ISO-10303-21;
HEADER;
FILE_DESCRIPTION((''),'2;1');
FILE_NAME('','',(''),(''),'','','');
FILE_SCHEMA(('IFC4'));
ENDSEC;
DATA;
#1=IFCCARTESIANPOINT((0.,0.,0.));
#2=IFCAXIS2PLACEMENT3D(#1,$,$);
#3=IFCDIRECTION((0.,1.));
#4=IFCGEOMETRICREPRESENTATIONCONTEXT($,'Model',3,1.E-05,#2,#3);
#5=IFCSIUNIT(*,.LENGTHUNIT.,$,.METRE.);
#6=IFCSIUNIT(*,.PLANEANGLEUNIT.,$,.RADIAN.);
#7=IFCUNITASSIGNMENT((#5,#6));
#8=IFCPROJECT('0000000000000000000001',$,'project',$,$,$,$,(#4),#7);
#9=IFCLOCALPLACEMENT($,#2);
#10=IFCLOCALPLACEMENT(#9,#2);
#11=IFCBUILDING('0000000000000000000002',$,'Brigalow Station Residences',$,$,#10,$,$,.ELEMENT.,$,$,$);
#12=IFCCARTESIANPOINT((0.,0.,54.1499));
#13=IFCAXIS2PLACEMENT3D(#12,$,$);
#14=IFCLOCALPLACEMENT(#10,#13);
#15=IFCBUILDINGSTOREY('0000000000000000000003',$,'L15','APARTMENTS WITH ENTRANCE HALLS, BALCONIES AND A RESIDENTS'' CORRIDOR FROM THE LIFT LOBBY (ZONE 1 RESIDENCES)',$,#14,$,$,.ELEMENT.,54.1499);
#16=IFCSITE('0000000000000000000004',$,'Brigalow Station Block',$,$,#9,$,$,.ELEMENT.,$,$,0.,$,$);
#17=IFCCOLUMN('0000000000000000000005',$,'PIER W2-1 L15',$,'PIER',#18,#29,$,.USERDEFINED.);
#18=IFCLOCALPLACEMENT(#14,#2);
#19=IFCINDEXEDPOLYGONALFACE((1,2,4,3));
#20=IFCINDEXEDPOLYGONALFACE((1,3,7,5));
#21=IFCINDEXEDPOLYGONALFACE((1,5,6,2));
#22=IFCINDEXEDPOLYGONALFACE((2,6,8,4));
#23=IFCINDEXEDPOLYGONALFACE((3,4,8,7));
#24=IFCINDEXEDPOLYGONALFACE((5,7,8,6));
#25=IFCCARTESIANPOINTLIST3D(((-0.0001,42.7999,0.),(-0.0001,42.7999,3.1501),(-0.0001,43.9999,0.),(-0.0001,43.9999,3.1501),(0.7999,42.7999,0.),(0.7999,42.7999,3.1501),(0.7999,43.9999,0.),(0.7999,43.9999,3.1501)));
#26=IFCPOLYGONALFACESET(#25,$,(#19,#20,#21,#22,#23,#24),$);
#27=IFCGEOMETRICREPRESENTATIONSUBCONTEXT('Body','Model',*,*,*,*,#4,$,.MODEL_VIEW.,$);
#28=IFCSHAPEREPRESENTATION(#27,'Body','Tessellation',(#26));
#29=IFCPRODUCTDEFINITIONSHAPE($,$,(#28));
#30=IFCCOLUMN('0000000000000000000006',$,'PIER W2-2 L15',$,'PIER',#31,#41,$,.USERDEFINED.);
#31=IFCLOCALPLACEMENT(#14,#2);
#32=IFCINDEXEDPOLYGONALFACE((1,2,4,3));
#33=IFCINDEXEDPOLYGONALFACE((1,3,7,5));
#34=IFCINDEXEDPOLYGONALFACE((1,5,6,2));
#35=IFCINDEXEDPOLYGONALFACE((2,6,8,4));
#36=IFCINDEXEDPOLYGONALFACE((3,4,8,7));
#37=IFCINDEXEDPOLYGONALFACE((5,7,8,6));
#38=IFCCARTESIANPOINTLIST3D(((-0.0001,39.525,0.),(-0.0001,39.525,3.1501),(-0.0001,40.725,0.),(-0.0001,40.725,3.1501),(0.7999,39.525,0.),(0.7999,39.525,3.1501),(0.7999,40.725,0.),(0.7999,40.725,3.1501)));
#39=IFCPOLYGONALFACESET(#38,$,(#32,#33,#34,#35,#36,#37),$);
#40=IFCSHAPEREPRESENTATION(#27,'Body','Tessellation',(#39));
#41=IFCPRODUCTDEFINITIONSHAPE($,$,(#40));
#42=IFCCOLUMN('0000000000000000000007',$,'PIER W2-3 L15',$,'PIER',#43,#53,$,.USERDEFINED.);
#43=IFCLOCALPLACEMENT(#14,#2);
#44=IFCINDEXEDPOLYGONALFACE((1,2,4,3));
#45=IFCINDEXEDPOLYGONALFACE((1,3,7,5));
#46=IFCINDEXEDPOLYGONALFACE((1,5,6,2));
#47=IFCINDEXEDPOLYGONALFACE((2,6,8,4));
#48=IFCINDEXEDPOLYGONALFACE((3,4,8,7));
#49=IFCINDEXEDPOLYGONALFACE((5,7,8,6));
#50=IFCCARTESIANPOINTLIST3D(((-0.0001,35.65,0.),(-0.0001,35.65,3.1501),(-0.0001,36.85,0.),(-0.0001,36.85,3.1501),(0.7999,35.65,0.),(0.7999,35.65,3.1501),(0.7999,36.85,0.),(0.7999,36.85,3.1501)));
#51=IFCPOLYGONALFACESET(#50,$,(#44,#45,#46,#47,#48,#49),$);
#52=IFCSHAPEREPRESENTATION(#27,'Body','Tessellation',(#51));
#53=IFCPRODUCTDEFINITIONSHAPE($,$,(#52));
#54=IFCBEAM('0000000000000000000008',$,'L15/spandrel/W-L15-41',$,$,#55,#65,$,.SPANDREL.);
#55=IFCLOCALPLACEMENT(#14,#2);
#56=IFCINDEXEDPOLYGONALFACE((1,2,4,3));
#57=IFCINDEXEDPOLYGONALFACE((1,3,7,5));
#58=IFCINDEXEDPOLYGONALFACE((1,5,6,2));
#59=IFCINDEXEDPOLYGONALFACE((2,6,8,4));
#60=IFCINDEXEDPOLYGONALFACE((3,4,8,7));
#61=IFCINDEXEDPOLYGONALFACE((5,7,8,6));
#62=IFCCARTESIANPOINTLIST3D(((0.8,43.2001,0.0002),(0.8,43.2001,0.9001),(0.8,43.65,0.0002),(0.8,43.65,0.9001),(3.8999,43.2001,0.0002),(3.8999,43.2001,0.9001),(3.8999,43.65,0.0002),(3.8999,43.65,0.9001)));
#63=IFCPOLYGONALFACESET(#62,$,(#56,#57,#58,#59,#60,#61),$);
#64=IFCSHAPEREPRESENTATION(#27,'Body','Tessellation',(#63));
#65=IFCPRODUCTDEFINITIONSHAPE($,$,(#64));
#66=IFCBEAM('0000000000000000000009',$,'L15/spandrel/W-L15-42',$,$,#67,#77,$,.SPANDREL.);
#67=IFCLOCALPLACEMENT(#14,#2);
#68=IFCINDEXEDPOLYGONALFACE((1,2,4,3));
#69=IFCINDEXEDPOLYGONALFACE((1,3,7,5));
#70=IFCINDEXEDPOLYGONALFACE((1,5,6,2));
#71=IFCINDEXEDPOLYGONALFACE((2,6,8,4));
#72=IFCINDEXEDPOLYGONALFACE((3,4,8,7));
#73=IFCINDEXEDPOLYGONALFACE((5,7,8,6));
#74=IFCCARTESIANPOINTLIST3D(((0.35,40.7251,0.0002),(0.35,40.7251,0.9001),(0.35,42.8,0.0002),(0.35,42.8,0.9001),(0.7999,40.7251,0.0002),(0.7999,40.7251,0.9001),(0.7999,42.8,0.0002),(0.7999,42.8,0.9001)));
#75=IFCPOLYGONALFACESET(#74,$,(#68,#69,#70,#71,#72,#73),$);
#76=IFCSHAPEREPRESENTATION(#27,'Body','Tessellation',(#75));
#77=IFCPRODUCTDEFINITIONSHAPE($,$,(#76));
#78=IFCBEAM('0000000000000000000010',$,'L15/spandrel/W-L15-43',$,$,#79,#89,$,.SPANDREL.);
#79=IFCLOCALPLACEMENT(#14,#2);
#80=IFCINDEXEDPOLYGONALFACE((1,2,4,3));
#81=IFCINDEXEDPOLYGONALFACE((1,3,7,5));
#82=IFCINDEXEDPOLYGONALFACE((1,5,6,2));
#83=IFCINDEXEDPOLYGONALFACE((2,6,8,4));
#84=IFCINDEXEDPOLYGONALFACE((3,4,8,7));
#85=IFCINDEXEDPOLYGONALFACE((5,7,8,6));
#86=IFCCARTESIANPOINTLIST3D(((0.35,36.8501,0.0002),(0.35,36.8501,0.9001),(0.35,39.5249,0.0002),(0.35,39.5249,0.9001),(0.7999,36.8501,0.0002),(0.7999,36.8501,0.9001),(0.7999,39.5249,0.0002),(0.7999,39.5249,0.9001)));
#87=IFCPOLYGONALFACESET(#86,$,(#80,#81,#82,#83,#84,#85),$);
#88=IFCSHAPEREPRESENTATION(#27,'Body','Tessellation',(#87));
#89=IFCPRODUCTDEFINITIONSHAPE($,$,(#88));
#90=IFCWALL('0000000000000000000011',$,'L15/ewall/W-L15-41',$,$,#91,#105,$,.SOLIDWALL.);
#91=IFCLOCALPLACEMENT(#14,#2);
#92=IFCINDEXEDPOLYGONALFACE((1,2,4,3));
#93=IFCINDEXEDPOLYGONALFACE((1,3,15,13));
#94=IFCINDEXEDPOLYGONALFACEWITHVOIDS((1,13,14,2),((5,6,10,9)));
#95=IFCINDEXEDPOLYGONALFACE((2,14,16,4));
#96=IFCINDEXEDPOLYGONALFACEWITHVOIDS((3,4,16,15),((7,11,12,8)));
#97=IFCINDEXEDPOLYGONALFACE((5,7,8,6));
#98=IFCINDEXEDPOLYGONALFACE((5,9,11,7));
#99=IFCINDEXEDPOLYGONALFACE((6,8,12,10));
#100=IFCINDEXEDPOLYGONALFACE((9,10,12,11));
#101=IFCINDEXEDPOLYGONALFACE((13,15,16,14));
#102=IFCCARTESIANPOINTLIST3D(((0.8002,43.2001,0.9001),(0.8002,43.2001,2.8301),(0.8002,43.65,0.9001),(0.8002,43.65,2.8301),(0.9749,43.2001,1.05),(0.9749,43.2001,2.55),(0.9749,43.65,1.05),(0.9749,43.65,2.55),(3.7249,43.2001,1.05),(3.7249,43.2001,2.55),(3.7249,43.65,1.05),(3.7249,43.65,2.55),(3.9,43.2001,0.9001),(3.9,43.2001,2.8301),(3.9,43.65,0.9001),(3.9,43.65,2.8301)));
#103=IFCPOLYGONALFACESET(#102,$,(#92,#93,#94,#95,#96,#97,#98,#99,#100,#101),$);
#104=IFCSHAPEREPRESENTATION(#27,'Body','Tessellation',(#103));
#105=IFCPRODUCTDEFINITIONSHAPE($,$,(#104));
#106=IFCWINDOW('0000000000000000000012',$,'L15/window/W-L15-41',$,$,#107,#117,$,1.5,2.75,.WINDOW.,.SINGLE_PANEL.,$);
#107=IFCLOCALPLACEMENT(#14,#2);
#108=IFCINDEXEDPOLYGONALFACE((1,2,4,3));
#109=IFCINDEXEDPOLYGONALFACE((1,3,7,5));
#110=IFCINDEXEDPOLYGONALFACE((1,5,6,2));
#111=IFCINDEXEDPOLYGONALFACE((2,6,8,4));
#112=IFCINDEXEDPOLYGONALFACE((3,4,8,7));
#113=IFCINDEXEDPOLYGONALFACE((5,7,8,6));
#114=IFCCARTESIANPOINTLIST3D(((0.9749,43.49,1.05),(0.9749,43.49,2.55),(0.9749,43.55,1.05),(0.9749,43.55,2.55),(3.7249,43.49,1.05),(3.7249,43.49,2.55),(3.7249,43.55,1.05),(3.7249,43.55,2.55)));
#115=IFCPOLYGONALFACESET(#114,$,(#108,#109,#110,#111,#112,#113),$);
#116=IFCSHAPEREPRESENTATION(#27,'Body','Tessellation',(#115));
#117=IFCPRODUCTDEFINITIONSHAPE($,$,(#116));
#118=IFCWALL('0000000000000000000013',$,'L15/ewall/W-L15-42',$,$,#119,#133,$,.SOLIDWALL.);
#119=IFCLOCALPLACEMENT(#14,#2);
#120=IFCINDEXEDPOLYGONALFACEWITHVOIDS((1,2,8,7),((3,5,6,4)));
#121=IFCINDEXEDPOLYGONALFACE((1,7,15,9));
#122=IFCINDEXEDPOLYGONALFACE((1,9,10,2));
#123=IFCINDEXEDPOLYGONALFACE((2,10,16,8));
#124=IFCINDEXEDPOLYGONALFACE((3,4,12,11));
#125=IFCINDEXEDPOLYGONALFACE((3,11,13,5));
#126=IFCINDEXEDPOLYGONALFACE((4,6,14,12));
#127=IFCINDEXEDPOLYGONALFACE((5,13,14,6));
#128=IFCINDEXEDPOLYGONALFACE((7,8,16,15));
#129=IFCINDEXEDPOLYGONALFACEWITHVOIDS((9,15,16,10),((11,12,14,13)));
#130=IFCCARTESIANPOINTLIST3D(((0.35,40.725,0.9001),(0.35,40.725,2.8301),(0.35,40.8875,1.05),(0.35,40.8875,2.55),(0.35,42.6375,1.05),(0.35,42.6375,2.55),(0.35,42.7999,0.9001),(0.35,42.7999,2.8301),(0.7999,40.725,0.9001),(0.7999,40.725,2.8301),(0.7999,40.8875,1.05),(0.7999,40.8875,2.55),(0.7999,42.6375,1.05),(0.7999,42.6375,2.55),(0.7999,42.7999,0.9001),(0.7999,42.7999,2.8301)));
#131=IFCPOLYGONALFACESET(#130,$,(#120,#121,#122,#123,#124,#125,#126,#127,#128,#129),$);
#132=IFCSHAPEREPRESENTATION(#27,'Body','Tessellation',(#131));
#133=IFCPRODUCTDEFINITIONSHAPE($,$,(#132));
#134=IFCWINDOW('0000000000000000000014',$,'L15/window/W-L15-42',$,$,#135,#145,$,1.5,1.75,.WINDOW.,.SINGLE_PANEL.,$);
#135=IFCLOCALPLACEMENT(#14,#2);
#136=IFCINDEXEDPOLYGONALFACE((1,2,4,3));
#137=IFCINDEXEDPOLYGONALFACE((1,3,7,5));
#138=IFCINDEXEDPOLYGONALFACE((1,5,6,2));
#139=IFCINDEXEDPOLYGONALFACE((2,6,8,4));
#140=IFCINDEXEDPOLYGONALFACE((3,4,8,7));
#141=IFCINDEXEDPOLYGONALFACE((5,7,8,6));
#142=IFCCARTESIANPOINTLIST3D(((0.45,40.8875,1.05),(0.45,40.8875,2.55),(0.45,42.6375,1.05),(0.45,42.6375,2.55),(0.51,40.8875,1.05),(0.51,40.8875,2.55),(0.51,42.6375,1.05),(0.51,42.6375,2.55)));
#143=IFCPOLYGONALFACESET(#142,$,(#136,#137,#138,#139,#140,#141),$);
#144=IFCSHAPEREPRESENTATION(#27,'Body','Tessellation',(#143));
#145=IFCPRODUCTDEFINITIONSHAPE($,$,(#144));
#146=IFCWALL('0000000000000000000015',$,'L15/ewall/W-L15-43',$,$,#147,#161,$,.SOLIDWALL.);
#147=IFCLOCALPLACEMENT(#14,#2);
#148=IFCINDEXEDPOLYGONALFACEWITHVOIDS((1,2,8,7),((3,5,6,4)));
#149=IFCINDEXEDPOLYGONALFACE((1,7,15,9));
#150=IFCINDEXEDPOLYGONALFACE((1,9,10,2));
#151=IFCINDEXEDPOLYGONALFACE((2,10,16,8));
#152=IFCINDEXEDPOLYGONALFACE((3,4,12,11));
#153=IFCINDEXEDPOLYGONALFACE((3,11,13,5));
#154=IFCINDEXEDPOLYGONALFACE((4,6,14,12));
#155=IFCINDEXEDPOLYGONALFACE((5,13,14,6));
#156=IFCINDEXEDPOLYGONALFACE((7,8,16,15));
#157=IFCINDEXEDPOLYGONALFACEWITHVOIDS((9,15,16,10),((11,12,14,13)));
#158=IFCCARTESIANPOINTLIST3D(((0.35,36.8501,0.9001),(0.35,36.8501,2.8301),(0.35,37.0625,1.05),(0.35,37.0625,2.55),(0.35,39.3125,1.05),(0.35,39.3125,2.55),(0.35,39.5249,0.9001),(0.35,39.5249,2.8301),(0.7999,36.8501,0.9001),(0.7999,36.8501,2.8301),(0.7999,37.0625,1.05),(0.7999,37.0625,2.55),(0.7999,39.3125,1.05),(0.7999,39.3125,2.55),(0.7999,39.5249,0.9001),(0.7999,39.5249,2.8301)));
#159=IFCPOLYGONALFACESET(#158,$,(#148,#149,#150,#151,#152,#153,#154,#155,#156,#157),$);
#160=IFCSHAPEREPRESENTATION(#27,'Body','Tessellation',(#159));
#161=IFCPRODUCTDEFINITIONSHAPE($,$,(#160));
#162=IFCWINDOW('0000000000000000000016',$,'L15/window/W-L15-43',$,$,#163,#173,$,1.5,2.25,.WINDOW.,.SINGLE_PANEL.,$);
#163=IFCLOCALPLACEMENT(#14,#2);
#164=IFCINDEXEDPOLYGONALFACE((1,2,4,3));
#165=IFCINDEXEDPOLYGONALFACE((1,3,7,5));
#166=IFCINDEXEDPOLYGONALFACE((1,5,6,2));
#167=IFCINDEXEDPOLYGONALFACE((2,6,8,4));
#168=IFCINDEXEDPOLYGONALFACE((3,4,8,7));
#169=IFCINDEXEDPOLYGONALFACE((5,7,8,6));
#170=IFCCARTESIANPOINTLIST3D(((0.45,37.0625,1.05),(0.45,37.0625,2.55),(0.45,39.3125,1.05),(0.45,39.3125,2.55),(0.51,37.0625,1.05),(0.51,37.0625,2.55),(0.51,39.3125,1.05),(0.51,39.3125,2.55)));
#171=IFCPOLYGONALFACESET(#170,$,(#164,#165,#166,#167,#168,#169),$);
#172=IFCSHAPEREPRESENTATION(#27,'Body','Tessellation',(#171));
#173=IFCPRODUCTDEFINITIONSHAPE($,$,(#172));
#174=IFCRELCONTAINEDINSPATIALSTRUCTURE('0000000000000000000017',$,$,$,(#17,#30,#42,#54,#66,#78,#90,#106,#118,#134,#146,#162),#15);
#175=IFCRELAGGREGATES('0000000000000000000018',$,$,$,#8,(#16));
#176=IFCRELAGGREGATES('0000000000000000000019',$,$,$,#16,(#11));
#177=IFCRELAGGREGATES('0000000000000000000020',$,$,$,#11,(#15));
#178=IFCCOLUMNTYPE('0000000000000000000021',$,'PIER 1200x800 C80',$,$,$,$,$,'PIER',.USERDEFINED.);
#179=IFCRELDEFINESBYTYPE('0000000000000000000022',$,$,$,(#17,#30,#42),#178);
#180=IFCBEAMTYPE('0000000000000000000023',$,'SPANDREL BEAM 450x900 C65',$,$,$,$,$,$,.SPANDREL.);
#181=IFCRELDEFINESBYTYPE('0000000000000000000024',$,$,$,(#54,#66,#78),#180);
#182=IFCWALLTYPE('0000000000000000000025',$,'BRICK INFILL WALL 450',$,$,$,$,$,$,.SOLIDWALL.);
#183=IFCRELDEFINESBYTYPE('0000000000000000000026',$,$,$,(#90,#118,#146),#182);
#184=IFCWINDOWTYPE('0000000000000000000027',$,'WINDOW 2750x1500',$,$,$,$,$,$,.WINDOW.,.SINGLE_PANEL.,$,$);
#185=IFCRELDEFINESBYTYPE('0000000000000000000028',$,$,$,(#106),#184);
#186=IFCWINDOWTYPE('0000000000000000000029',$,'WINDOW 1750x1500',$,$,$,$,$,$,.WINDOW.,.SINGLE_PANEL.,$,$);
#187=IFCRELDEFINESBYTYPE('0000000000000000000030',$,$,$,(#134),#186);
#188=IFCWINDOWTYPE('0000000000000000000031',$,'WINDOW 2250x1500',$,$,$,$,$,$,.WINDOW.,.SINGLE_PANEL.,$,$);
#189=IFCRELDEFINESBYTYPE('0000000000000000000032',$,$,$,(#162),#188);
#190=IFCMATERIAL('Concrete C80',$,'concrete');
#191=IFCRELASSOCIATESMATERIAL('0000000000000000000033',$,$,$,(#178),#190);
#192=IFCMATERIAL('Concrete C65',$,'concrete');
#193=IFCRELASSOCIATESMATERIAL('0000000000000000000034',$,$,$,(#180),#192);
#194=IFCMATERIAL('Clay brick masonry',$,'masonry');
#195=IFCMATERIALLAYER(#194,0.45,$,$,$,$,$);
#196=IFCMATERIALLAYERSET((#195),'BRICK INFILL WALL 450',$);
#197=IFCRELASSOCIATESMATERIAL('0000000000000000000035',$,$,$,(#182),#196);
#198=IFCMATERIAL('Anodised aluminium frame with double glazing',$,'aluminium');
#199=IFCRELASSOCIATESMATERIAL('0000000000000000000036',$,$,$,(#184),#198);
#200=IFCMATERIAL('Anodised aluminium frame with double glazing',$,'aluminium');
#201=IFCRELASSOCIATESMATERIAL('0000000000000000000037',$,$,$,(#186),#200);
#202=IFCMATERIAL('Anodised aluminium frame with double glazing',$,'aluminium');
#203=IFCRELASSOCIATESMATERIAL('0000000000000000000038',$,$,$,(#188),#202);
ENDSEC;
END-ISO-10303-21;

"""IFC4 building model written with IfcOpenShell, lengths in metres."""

from ifc_helpers import new_model, si_unit, direction, frame, frame_2d, origin, origin_2d, place, context, subcontext, project, spatial, rectangle, extrude, material, layer, layer_set, material_profile, profile_set, type_object, element, fill, save


model = new_model("IFC4")

# Units and contexts
model_context = context("Model", 3, precision=1e-05, world=origin(), true_north=direction((0.0, 1.0)))
body_context = subcontext(model_context, "Body", "Model", "MODEL_VIEW")
ifc_project = project(units=[si_unit("LENGTHUNIT", "METRE"), si_unit("PLANEANGLEUNIT", "RADIAN")], contexts=[model_context])

# Site, building, storey
site_placement = place(None, origin())
site = spatial("IfcSite", under=ifc_project, at=site_placement, Name="Brigalow Station Block", CompositionType="ELEMENT", RefElevation=0.0)
building_placement = place(site_placement, origin())
building = spatial("IfcBuilding", under=site, at=building_placement, Name="Brigalow Station Residences", CompositionType="ELEMENT")
storey_placement = place(building_placement, frame((0.0, 0.0, 54.1499)))
storey = spatial("IfcBuildingStorey", under=building, at=storey_placement, Name="L15", Description="APARTMENTS WITH ENTRANCE HALLS, BALCONIES AND A RESIDENTS' CORRIDOR FROM THE LIFT LOBBY (ZONE 1 RESIDENCES)", CompositionType="ELEMENT", Elevation=54.1499)

# Columns
ifc_material_1 = material(Name="Concrete C80", Category="concrete")
ifc_material_profile_1 = material_profile(ifc_material_1, rectangle(XDim=1.2, YDim=0.8, at=origin_2d()), Name="RC1200x800")
ifc_profile_set_1 = profile_set([ifc_material_profile_1], Name="Concrete C80")
column_type = type_object("IfcColumnType", Name="PIER 1200x800 C80", ElementType="PIER", PredefinedType="USERDEFINED", material=ifc_profile_set_1)
for number, where, z_axis, x_axis, name in (
    (1, (0.3999, 43.3999, 0.0), (0.0, 0.0, 1.0), (0.0, -1.0, 0.0), "PIER W2-1 L15"),
    (2, (0.3999, 40.125, 0.0), (0.0, 0.0, 1.0), (0.0, -1.0, 0.0), "PIER W2-2 L15"),
    (3, (0.3999, 36.25, 0.0), (0.0, 0.0, 1.0), (0.0, -1.0, 0.0), "PIER W2-3 L15"),
):
    element("IfcColumn", number, at=place(storey_placement, frame(where, z_axis=z_axis, x_axis=x_axis)), inside=storey, type_object=column_type, Name=name, ObjectType="PIER", PredefinedType="USERDEFINED", context=body_context, shape_type="SweptSolid", body=[
        extrude(rectangle(XDim=1.2, YDim=0.8, at=origin_2d()), origin(), (0.0, 0.0, 1.0), 3.1501),
    ])

# Beams
ifc_material_2 = material(Name="Concrete C65", Category="concrete")
ifc_material_profile_2 = material_profile(ifc_material_2, rectangle(XDim=0.45, YDim=0.8999, at=origin_2d()), Name="RC450x900")
ifc_profile_set_2 = profile_set([ifc_material_profile_2], Name="Concrete C65")
beam_type = type_object("IfcBeamType", Name="SPANDREL BEAM 450x900 C65", PredefinedType="SPANDREL", material=ifc_profile_set_2)
beam_1_placement = place(storey_placement, frame((3.8999, 43.425, 0.4502), z_axis=(-1.0, 0.0, 0.0), x_axis=(0.0, -1.0, 0.0)))
element("IfcBeam", 4, at=beam_1_placement, inside=storey, type_object=beam_type, Name="L15/spandrel/W-L15-41", PredefinedType="SPANDREL", context=body_context, shape_type="SweptSolid", body=[
    extrude(rectangle(XDim=0.45, YDim=0.8999, at=origin_2d()), origin(), (0.0, 0.0, 1.0), 3.0999),
])
beam_2_placement = place(storey_placement, frame((0.575, 42.8, 0.4502), z_axis=(0.0, -1.0, 0.0), x_axis=(1.0, 0.0, 0.0)))
element("IfcBeam", 5, at=beam_2_placement, inside=storey, type_object=beam_type, Name="L15/spandrel/W-L15-42", PredefinedType="SPANDREL", context=body_context, shape_type="SweptSolid", body=[
    extrude(rectangle(XDim=0.45, YDim=0.8999, at=origin_2d()), origin(), (0.0, 0.0, 1.0), 2.075),
])
beam_3_placement = place(storey_placement, frame((0.575, 39.5249, 0.4502), z_axis=(0.0, -1.0, 0.0), x_axis=(1.0, 0.0, 0.0)))
element("IfcBeam", 6, at=beam_3_placement, inside=storey, type_object=beam_type, Name="L15/spandrel/W-L15-43", PredefinedType="SPANDREL", context=body_context, shape_type="SweptSolid", body=[
    extrude(rectangle(XDim=0.45, YDim=0.8999, at=origin_2d()), origin(), (0.0, 0.0, 1.0), 2.6748),
])

# Walls, openings, windows
ifc_material_3 = material(Name="Clay brick masonry", Category="masonry")
ifc_layer_1 = layer(ifc_material_3, 0.45)
ifc_layer_set_1 = layer_set([ifc_layer_1], Name="BRICK INFILL WALL 450")
wall_type_1 = type_object("IfcWallType", Name="BRICK INFILL WALL 450", PredefinedType="SOLIDWALL", material=ifc_layer_set_1)
wall_1_placement = place(storey_placement, frame((3.8999, 43.425, 0.9001), z_axis=(0.0, 0.0, 1.0), x_axis=(-1.0, 0.0, 0.0)))
wall_1 = element("IfcWall", 7, at=wall_1_placement, inside=storey, type_object=wall_type_1, Name="L15/ewall/W-L15-41", PredefinedType="SOLIDWALL", context=body_context, shape_type="SweptSolid", body=[
    extrude(rectangle(XDim=3.0999, YDim=0.45, at=frame_2d((1.5498, 0.0))), origin(), (0.0, 0.0, 1.0), 1.9299),
])
opening_1_placement = place(wall_1_placement, frame((0.175, 0.0, 0.1499)))
opening_1 = element("IfcOpeningElement", 8, at=opening_1_placement, cuts=wall_1, PredefinedType="OPENING", context=body_context, shape_type="SweptSolid", body=[
    extrude(rectangle(XDim=2.75, YDim=1.5, at=frame_2d((1.375, 0.75))), frame((0.0, 0.2349, 0.0), z_axis=(0.0, -1.0, 0.0), x_axis=(1.0, 0.0, 0.0)), (0.0, 0.0, 1.0), 0.47),
])
ifc_material_4 = material(Name="Anodised aluminium frame with double glazing", Category="aluminium")
window_type_1 = type_object("IfcWindowType", Name="WINDOW 2750x1500", PartitioningType="SINGLE_PANEL", PredefinedType="WINDOW", material=ifc_material_4)
window_1_placement = place(opening_1_placement, origin())
window_1 = element("IfcWindow", 9, at=window_1_placement, inside=storey, type_object=window_type_1, Name="L15/window/W-L15-41", OverallHeight=1.5, OverallWidth=2.75, PartitioningType="SINGLE_PANEL", PredefinedType="WINDOW", context=body_context, shape_type="SweptSolid", body=[
    extrude(rectangle(XDim=2.75, YDim=1.5, at=frame_2d((1.375, 0.75))), frame((0.0, -0.0649, 0.0), z_axis=(0.0, -1.0, 0.0), x_axis=(1.0, 0.0, 0.0)), (0.0, 0.0, 1.0), 0.0601),
])
fill(opening_1, window_1)
wall_2_placement = place(storey_placement, frame((0.575, 42.8, 0.9001), z_axis=(0.0, 0.0, 1.0), x_axis=(0.0, -1.0, 0.0)))
wall_2 = element("IfcWall", 10, at=wall_2_placement, inside=storey, type_object=wall_type_1, Name="L15/ewall/W-L15-42", PredefinedType="SOLIDWALL", context=body_context, shape_type="SweptSolid", body=[
    extrude(rectangle(XDim=2.075, YDim=0.45, at=frame_2d((1.0376, 0.0))), origin(), (0.0, 0.0, 1.0), 1.9299),
])
opening_2_placement = place(wall_2_placement, frame((0.1626, 0.0, 0.1499)))
opening_2 = element("IfcOpeningElement", 11, at=opening_2_placement, cuts=wall_2, PredefinedType="OPENING", context=body_context, shape_type="SweptSolid", body=[
    extrude(rectangle(XDim=1.75, YDim=1.5, at=frame_2d((0.875, 0.75))), frame((0.0, 0.2349, 0.0), z_axis=(0.0, -1.0, 0.0), x_axis=(1.0, 0.0, 0.0)), (0.0, 0.0, 1.0), 0.47),
])
ifc_material_5 = material(Name="Anodised aluminium frame with double glazing", Category="aluminium")
window_type_2 = type_object("IfcWindowType", Name="WINDOW 1750x1500", PartitioningType="SINGLE_PANEL", PredefinedType="WINDOW", material=ifc_material_5)
window_2_placement = place(opening_2_placement, origin())
window_2 = element("IfcWindow", 12, at=window_2_placement, inside=storey, type_object=window_type_2, Name="L15/window/W-L15-42", OverallHeight=1.5, OverallWidth=1.75, PartitioningType="SINGLE_PANEL", PredefinedType="WINDOW", context=body_context, shape_type="SweptSolid", body=[
    extrude(rectangle(XDim=1.75, YDim=1.5, at=frame_2d((0.875, 0.75))), frame((0.0, -0.0649, 0.0), z_axis=(0.0, -1.0, 0.0), x_axis=(1.0, 0.0, 0.0)), (0.0, 0.0, 1.0), 0.0601),
])
fill(opening_2, window_2)
wall_3_placement = place(storey_placement, frame((0.575, 39.5249, 0.9001), z_axis=(0.0, 0.0, 1.0), x_axis=(0.0, -1.0, 0.0)))
wall_3 = element("IfcWall", 13, at=wall_3_placement, inside=storey, type_object=wall_type_1, Name="L15/ewall/W-L15-43", PredefinedType="SOLIDWALL", context=body_context, shape_type="SweptSolid", body=[
    extrude(rectangle(XDim=2.6748, YDim=0.45, at=frame_2d((1.3374, 0.0))), origin(), (0.0, 0.0, 1.0), 1.9299),
])
opening_3_placement = place(wall_3_placement, frame((0.2124, 0.0, 0.1499)))
opening_3 = element("IfcOpeningElement", 14, at=opening_3_placement, cuts=wall_3, PredefinedType="OPENING", context=body_context, shape_type="SweptSolid", body=[
    extrude(rectangle(XDim=2.25, YDim=1.5, at=frame_2d((1.125, 0.75))), frame((0.0, 0.2349, 0.0), z_axis=(0.0, -1.0, 0.0), x_axis=(1.0, 0.0, 0.0)), (0.0, 0.0, 1.0), 0.47),
])
ifc_material_6 = material(Name="Anodised aluminium frame with double glazing", Category="aluminium")
window_type_3 = type_object("IfcWindowType", Name="WINDOW 2250x1500", PartitioningType="SINGLE_PANEL", PredefinedType="WINDOW", material=ifc_material_6)
window_3_placement = place(opening_3_placement, origin())
window_3 = element("IfcWindow", 15, at=window_3_placement, inside=storey, type_object=window_type_3, Name="L15/window/W-L15-43", OverallHeight=1.5, OverallWidth=2.25, PartitioningType="SINGLE_PANEL", PredefinedType="WINDOW", context=body_context, shape_type="SweptSolid", body=[
    extrude(rectangle(XDim=2.25, YDim=1.5, at=frame_2d((1.125, 0.75))), frame((0.0, -0.0649, 0.0), z_axis=(0.0, -1.0, 0.0), x_axis=(1.0, 0.0, 0.0)), (0.0, 0.0, 1.0), 0.0601),
])
fill(opening_3, window_3)

save(model, "model.ifc")
